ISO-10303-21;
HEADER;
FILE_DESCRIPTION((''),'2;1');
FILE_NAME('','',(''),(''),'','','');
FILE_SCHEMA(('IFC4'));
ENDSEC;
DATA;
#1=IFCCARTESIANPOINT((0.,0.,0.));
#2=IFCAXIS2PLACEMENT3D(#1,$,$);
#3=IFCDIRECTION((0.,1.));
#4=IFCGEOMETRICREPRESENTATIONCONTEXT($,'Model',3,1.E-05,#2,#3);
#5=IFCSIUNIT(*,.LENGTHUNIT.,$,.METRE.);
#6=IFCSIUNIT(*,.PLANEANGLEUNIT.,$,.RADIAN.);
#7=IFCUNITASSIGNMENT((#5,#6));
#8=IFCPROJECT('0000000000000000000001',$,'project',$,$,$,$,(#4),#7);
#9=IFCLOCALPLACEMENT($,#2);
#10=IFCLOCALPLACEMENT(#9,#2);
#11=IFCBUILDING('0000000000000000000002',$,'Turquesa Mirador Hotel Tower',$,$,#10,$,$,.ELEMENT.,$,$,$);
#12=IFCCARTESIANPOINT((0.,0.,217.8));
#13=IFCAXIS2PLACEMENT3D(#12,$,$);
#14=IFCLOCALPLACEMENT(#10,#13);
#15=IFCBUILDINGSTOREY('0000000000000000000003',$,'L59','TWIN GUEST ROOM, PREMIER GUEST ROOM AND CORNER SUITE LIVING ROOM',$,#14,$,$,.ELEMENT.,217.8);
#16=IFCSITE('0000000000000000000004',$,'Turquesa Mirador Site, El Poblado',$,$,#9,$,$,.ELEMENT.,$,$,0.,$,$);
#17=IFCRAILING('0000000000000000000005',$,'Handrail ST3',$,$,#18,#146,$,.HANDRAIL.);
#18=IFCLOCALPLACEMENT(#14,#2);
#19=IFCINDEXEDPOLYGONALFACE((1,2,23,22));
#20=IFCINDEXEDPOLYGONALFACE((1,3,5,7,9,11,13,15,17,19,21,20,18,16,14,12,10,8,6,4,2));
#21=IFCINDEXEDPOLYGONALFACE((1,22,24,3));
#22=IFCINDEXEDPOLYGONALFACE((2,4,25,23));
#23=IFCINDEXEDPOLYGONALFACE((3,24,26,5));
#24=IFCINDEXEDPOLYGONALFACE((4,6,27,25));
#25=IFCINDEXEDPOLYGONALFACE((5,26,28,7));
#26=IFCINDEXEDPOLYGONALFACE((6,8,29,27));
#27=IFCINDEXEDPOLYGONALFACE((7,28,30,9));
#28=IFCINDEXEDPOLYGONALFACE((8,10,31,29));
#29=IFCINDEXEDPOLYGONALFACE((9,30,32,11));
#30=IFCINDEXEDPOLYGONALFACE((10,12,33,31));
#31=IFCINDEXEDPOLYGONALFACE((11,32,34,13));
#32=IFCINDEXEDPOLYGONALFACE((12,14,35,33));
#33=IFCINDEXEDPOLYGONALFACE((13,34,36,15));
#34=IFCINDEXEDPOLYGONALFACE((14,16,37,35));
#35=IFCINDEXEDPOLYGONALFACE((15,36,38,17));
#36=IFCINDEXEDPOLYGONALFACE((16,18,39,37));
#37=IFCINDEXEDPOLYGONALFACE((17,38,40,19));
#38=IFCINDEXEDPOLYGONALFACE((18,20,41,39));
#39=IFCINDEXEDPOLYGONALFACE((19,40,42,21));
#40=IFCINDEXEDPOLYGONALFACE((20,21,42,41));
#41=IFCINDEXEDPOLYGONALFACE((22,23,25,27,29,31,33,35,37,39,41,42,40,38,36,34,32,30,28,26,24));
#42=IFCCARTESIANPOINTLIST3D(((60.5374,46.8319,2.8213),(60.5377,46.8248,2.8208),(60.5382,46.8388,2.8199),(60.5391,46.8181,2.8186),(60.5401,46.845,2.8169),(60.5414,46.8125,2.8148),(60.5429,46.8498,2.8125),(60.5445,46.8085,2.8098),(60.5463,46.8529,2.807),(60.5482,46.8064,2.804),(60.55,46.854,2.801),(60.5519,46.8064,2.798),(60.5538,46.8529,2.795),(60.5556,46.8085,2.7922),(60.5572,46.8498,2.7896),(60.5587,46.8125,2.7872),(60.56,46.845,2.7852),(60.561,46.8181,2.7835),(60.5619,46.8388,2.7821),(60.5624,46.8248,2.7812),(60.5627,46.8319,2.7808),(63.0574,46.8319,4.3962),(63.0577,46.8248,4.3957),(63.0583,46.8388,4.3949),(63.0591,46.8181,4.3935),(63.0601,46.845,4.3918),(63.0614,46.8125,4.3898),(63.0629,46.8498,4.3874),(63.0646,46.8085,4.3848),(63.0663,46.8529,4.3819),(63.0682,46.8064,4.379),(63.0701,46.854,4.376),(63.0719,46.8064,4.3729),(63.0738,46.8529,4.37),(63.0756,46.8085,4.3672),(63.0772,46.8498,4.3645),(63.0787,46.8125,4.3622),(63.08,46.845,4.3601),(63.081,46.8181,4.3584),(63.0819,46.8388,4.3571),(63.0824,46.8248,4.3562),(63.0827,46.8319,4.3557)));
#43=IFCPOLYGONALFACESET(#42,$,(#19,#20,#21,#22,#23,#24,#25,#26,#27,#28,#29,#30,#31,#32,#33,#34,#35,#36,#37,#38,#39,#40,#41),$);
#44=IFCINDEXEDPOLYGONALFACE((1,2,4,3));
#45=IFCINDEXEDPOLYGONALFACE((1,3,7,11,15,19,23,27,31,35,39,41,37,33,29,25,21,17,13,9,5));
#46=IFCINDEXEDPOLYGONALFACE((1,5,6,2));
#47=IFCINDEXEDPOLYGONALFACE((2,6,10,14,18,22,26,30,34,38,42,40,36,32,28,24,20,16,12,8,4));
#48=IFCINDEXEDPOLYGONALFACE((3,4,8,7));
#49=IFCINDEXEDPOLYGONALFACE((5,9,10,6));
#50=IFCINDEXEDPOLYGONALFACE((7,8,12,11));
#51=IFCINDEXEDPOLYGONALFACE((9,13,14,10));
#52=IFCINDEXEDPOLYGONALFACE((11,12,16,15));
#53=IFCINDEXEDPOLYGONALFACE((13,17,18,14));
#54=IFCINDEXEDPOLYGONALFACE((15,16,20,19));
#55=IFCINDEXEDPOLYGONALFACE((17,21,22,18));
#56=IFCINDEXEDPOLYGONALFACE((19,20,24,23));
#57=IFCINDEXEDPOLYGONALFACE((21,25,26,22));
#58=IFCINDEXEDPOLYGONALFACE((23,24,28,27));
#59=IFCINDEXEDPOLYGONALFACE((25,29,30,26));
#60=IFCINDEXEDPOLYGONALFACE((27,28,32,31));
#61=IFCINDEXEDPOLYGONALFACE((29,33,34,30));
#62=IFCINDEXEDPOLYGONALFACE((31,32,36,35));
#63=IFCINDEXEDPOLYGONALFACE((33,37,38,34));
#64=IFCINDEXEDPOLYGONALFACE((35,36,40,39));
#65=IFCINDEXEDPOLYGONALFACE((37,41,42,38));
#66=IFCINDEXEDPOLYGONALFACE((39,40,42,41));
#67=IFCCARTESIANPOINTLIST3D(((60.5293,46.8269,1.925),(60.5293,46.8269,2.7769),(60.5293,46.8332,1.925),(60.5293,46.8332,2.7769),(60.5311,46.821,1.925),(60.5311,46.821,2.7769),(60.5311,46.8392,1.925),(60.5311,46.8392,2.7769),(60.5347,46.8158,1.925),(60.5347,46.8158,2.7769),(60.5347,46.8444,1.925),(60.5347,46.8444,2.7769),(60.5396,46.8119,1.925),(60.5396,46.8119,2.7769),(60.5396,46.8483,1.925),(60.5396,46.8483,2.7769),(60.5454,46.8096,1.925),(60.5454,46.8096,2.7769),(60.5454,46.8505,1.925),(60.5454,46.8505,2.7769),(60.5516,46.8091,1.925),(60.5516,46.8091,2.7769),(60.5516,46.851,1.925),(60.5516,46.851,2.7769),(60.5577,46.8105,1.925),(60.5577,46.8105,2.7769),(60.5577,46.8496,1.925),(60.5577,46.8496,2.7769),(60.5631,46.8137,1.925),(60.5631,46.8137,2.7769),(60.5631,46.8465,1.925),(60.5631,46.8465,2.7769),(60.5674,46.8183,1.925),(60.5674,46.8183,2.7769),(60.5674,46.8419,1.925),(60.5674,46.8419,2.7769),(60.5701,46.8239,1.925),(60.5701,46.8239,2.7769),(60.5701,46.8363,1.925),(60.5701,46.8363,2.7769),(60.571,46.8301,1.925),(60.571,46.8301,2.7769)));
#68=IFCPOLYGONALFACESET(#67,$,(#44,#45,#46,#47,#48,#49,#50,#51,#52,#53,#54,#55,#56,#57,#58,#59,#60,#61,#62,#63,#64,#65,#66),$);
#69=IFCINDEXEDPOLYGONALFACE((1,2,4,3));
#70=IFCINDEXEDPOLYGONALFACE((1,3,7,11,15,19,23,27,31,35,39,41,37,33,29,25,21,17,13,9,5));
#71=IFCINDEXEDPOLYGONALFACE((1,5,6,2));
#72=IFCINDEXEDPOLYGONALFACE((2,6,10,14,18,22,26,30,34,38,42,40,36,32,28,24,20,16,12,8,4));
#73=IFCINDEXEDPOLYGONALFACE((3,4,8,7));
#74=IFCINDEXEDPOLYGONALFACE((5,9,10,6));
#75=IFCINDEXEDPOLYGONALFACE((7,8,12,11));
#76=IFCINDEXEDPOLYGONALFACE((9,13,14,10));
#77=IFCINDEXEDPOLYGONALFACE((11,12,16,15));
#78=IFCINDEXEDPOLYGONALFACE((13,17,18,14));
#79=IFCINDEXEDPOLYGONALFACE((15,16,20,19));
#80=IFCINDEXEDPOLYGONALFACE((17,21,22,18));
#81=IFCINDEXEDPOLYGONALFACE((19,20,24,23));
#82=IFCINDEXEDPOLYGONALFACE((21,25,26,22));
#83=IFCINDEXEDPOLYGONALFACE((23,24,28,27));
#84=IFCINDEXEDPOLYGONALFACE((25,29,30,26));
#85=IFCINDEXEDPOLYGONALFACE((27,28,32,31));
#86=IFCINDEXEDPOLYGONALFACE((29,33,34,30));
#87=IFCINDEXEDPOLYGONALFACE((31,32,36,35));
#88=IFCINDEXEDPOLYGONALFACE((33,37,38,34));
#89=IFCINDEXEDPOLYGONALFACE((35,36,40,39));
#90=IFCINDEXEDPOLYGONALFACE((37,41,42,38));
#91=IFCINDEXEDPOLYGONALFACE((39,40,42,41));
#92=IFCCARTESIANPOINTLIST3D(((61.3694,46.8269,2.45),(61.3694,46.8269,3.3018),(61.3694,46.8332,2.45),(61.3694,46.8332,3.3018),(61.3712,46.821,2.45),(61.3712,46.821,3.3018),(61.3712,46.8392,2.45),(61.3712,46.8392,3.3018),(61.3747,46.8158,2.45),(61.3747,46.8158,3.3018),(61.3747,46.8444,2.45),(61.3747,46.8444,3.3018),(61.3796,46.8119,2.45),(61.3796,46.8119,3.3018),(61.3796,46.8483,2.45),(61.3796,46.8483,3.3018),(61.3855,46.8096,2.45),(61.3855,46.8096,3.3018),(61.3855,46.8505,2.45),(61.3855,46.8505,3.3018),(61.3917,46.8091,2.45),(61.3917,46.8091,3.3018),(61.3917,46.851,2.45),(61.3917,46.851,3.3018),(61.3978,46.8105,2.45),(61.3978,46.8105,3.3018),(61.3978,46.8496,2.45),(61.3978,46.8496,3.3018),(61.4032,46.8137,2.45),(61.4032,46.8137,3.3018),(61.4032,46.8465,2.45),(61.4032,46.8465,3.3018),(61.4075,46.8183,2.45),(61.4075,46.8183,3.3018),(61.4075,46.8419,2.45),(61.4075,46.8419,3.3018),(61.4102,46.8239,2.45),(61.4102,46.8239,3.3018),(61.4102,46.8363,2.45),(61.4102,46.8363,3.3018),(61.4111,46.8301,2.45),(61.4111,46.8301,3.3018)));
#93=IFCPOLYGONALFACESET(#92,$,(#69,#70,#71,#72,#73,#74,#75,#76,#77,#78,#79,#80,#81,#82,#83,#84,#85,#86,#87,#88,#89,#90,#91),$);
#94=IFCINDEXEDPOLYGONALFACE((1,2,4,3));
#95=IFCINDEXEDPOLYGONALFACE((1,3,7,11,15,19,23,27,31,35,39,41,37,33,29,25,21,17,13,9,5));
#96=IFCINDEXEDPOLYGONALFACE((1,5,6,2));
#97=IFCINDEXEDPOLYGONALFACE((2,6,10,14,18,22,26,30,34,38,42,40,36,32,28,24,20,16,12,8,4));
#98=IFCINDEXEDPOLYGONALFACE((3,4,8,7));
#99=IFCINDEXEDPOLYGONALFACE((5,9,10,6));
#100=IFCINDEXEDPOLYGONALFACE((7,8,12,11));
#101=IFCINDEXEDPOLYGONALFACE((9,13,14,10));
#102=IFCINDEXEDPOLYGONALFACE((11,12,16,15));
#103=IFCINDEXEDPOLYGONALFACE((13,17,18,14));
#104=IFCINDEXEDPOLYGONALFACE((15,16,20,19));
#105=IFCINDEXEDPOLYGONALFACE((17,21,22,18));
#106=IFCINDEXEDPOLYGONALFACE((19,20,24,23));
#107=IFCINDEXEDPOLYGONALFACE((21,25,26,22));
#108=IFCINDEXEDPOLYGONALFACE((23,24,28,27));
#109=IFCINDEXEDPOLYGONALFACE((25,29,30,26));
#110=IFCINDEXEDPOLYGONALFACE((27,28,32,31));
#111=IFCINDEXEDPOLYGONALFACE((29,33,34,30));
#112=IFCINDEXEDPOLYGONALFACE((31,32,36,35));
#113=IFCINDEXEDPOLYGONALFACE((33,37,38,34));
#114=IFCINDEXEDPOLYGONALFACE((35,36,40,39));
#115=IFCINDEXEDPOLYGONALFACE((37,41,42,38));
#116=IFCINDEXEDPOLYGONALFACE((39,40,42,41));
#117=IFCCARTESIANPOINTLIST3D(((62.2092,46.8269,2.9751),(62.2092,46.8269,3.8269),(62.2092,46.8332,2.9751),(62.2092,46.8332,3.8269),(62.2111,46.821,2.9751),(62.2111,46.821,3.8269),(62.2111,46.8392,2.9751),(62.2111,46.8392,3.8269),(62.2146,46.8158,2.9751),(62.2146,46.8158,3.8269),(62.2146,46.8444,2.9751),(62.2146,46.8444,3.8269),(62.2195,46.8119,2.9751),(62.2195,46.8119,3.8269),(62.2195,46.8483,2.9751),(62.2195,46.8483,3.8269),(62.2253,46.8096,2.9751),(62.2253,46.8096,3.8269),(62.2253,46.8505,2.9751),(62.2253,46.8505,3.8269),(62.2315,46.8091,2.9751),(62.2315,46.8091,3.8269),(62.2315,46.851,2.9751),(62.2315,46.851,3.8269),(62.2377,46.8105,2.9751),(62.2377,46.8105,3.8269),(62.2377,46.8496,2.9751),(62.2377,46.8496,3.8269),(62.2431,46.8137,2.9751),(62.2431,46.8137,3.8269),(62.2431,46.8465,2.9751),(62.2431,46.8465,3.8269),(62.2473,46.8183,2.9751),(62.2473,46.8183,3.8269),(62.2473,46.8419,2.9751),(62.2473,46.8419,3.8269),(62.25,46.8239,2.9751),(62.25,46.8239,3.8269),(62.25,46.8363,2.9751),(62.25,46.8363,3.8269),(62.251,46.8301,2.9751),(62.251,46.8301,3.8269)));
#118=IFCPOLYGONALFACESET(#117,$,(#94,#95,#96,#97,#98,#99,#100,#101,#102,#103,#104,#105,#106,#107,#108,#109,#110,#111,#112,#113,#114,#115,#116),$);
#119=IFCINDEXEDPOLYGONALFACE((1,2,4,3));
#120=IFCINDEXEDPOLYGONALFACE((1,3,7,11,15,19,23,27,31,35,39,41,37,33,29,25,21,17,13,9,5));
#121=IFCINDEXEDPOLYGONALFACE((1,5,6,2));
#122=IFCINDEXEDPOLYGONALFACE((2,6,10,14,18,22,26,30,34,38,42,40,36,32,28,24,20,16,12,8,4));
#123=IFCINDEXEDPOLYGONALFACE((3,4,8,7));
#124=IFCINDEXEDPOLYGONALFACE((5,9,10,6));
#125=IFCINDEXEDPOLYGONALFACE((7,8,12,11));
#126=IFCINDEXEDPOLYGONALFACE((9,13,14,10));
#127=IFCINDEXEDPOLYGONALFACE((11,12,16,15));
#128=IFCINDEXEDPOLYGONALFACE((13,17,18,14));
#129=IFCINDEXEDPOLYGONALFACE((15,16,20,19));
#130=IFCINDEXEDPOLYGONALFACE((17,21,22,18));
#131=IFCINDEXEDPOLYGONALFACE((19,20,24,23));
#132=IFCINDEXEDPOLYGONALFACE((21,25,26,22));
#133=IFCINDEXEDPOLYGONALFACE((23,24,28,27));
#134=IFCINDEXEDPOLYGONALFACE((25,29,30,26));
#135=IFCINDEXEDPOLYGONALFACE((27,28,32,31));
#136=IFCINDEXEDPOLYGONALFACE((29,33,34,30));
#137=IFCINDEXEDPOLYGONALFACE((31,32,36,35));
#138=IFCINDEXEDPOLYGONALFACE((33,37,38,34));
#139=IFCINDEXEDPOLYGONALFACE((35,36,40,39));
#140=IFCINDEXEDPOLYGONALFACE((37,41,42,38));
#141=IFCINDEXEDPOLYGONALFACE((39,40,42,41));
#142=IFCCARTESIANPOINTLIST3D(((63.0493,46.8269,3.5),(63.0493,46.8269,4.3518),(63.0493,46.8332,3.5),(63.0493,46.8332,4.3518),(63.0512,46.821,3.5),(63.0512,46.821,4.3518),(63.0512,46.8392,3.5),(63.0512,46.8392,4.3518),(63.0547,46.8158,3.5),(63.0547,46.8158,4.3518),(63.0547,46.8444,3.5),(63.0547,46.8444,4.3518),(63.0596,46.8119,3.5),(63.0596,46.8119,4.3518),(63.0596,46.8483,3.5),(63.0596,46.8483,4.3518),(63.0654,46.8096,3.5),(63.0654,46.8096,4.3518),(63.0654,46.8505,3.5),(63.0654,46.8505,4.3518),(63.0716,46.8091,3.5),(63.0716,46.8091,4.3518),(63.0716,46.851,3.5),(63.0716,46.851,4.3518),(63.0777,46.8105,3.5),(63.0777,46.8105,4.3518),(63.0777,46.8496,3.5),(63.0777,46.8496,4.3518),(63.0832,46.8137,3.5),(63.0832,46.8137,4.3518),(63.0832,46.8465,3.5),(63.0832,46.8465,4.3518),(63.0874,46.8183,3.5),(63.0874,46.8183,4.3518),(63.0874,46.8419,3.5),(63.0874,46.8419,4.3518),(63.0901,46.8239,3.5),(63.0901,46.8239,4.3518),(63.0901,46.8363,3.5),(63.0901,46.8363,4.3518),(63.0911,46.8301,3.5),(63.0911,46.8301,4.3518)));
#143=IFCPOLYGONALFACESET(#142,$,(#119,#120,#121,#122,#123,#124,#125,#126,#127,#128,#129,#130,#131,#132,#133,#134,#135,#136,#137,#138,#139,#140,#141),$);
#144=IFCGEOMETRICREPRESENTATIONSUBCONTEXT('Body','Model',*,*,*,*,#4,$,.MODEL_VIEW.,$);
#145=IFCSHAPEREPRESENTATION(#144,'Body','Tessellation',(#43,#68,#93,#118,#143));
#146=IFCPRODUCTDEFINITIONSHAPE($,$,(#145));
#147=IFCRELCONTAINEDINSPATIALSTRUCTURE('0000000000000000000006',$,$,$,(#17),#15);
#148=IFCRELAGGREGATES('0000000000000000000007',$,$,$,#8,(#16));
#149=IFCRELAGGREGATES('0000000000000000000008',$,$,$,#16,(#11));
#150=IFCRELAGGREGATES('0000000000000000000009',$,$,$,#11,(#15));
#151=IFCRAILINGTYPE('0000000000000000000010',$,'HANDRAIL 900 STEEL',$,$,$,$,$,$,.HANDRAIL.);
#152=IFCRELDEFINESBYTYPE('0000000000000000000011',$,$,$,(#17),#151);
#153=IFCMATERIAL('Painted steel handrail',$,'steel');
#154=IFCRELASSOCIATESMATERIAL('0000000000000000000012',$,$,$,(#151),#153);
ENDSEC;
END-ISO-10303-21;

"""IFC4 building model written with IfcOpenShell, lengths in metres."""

from ifc_helpers import new_model, si_unit, direction, frame, origin, origin_2d, place, context, subcontext, project, spatial, circle, extrude, material, type_object, element, save


model = new_model("IFC4")

# Units and contexts
model_context = context("Model", 3, precision=1e-05, world=origin(), true_north=direction((0.0, 1.0)))
body_context = subcontext(model_context, "Body", "Model", "MODEL_VIEW")
ifc_project = project(units=[si_unit("LENGTHUNIT", "METRE"), si_unit("PLANEANGLEUNIT", "RADIAN")], contexts=[model_context])

# Site, building, storey
site_placement = place(None, origin())
site = spatial("IfcSite", under=ifc_project, at=site_placement, Name="Turquesa Mirador Site, El Poblado", CompositionType="ELEMENT", RefElevation=0.0)
building_placement = place(site_placement, origin())
building = spatial("IfcBuilding", under=site, at=building_placement, Name="Turquesa Mirador Hotel Tower", CompositionType="ELEMENT")
storey_placement = place(building_placement, frame((0.0, 0.0, 217.8)))
storey = spatial("IfcBuildingStorey", under=building, at=storey_placement, Name="L59", Description="TWIN GUEST ROOM, PREMIER GUEST ROOM AND CORNER SUITE LIVING ROOM", CompositionType="ELEMENT", Elevation=217.8)

# Railing
ifc_material_1 = material(Name="Painted steel handrail", Category="steel")
railing_type = type_object("IfcRailingType", Name="HANDRAIL 900 STEEL", PredefinedType="HANDRAIL", material=ifc_material_1)
railing_1_placement = place(storey_placement, frame((60.55, 46.8301, 1.925)))
element("IfcRailing", 1, at=railing_1_placement, inside=storey, type_object=railing_type, Name="Handrail ST3", PredefinedType="HANDRAIL", context=body_context, shape_type="SweptSolid", body=[
    extrude(circle(Radius=0.0239, at=origin_2d()), frame((0.0, 0.0, 0.876), z_axis=(0.848008, 0.0, 0.529984), x_axis=(0.0, 1.0, 0.0)), (0.0, 0.0, 1.0), 2.9717),
    extrude(circle(Radius=0.021, at=origin_2d()), origin(), (0.0, 0.0, 1.0), 0.8518),
    extrude(circle(Radius=0.021, at=origin_2d()), frame((0.8401, 0.0, 0.5249)), (0.0, 0.0, 1.0), 0.8518),
    extrude(circle(Radius=0.021, at=origin_2d()), frame((1.6799, 0.0, 1.05)), (0.0, 0.0, 1.0), 0.8518),
    extrude(circle(Radius=0.021, at=origin_2d()), frame((2.52, 0.0, 1.575)), (0.0, 0.0, 1.0), 0.8518),
])

save(model, "model.ifc")
